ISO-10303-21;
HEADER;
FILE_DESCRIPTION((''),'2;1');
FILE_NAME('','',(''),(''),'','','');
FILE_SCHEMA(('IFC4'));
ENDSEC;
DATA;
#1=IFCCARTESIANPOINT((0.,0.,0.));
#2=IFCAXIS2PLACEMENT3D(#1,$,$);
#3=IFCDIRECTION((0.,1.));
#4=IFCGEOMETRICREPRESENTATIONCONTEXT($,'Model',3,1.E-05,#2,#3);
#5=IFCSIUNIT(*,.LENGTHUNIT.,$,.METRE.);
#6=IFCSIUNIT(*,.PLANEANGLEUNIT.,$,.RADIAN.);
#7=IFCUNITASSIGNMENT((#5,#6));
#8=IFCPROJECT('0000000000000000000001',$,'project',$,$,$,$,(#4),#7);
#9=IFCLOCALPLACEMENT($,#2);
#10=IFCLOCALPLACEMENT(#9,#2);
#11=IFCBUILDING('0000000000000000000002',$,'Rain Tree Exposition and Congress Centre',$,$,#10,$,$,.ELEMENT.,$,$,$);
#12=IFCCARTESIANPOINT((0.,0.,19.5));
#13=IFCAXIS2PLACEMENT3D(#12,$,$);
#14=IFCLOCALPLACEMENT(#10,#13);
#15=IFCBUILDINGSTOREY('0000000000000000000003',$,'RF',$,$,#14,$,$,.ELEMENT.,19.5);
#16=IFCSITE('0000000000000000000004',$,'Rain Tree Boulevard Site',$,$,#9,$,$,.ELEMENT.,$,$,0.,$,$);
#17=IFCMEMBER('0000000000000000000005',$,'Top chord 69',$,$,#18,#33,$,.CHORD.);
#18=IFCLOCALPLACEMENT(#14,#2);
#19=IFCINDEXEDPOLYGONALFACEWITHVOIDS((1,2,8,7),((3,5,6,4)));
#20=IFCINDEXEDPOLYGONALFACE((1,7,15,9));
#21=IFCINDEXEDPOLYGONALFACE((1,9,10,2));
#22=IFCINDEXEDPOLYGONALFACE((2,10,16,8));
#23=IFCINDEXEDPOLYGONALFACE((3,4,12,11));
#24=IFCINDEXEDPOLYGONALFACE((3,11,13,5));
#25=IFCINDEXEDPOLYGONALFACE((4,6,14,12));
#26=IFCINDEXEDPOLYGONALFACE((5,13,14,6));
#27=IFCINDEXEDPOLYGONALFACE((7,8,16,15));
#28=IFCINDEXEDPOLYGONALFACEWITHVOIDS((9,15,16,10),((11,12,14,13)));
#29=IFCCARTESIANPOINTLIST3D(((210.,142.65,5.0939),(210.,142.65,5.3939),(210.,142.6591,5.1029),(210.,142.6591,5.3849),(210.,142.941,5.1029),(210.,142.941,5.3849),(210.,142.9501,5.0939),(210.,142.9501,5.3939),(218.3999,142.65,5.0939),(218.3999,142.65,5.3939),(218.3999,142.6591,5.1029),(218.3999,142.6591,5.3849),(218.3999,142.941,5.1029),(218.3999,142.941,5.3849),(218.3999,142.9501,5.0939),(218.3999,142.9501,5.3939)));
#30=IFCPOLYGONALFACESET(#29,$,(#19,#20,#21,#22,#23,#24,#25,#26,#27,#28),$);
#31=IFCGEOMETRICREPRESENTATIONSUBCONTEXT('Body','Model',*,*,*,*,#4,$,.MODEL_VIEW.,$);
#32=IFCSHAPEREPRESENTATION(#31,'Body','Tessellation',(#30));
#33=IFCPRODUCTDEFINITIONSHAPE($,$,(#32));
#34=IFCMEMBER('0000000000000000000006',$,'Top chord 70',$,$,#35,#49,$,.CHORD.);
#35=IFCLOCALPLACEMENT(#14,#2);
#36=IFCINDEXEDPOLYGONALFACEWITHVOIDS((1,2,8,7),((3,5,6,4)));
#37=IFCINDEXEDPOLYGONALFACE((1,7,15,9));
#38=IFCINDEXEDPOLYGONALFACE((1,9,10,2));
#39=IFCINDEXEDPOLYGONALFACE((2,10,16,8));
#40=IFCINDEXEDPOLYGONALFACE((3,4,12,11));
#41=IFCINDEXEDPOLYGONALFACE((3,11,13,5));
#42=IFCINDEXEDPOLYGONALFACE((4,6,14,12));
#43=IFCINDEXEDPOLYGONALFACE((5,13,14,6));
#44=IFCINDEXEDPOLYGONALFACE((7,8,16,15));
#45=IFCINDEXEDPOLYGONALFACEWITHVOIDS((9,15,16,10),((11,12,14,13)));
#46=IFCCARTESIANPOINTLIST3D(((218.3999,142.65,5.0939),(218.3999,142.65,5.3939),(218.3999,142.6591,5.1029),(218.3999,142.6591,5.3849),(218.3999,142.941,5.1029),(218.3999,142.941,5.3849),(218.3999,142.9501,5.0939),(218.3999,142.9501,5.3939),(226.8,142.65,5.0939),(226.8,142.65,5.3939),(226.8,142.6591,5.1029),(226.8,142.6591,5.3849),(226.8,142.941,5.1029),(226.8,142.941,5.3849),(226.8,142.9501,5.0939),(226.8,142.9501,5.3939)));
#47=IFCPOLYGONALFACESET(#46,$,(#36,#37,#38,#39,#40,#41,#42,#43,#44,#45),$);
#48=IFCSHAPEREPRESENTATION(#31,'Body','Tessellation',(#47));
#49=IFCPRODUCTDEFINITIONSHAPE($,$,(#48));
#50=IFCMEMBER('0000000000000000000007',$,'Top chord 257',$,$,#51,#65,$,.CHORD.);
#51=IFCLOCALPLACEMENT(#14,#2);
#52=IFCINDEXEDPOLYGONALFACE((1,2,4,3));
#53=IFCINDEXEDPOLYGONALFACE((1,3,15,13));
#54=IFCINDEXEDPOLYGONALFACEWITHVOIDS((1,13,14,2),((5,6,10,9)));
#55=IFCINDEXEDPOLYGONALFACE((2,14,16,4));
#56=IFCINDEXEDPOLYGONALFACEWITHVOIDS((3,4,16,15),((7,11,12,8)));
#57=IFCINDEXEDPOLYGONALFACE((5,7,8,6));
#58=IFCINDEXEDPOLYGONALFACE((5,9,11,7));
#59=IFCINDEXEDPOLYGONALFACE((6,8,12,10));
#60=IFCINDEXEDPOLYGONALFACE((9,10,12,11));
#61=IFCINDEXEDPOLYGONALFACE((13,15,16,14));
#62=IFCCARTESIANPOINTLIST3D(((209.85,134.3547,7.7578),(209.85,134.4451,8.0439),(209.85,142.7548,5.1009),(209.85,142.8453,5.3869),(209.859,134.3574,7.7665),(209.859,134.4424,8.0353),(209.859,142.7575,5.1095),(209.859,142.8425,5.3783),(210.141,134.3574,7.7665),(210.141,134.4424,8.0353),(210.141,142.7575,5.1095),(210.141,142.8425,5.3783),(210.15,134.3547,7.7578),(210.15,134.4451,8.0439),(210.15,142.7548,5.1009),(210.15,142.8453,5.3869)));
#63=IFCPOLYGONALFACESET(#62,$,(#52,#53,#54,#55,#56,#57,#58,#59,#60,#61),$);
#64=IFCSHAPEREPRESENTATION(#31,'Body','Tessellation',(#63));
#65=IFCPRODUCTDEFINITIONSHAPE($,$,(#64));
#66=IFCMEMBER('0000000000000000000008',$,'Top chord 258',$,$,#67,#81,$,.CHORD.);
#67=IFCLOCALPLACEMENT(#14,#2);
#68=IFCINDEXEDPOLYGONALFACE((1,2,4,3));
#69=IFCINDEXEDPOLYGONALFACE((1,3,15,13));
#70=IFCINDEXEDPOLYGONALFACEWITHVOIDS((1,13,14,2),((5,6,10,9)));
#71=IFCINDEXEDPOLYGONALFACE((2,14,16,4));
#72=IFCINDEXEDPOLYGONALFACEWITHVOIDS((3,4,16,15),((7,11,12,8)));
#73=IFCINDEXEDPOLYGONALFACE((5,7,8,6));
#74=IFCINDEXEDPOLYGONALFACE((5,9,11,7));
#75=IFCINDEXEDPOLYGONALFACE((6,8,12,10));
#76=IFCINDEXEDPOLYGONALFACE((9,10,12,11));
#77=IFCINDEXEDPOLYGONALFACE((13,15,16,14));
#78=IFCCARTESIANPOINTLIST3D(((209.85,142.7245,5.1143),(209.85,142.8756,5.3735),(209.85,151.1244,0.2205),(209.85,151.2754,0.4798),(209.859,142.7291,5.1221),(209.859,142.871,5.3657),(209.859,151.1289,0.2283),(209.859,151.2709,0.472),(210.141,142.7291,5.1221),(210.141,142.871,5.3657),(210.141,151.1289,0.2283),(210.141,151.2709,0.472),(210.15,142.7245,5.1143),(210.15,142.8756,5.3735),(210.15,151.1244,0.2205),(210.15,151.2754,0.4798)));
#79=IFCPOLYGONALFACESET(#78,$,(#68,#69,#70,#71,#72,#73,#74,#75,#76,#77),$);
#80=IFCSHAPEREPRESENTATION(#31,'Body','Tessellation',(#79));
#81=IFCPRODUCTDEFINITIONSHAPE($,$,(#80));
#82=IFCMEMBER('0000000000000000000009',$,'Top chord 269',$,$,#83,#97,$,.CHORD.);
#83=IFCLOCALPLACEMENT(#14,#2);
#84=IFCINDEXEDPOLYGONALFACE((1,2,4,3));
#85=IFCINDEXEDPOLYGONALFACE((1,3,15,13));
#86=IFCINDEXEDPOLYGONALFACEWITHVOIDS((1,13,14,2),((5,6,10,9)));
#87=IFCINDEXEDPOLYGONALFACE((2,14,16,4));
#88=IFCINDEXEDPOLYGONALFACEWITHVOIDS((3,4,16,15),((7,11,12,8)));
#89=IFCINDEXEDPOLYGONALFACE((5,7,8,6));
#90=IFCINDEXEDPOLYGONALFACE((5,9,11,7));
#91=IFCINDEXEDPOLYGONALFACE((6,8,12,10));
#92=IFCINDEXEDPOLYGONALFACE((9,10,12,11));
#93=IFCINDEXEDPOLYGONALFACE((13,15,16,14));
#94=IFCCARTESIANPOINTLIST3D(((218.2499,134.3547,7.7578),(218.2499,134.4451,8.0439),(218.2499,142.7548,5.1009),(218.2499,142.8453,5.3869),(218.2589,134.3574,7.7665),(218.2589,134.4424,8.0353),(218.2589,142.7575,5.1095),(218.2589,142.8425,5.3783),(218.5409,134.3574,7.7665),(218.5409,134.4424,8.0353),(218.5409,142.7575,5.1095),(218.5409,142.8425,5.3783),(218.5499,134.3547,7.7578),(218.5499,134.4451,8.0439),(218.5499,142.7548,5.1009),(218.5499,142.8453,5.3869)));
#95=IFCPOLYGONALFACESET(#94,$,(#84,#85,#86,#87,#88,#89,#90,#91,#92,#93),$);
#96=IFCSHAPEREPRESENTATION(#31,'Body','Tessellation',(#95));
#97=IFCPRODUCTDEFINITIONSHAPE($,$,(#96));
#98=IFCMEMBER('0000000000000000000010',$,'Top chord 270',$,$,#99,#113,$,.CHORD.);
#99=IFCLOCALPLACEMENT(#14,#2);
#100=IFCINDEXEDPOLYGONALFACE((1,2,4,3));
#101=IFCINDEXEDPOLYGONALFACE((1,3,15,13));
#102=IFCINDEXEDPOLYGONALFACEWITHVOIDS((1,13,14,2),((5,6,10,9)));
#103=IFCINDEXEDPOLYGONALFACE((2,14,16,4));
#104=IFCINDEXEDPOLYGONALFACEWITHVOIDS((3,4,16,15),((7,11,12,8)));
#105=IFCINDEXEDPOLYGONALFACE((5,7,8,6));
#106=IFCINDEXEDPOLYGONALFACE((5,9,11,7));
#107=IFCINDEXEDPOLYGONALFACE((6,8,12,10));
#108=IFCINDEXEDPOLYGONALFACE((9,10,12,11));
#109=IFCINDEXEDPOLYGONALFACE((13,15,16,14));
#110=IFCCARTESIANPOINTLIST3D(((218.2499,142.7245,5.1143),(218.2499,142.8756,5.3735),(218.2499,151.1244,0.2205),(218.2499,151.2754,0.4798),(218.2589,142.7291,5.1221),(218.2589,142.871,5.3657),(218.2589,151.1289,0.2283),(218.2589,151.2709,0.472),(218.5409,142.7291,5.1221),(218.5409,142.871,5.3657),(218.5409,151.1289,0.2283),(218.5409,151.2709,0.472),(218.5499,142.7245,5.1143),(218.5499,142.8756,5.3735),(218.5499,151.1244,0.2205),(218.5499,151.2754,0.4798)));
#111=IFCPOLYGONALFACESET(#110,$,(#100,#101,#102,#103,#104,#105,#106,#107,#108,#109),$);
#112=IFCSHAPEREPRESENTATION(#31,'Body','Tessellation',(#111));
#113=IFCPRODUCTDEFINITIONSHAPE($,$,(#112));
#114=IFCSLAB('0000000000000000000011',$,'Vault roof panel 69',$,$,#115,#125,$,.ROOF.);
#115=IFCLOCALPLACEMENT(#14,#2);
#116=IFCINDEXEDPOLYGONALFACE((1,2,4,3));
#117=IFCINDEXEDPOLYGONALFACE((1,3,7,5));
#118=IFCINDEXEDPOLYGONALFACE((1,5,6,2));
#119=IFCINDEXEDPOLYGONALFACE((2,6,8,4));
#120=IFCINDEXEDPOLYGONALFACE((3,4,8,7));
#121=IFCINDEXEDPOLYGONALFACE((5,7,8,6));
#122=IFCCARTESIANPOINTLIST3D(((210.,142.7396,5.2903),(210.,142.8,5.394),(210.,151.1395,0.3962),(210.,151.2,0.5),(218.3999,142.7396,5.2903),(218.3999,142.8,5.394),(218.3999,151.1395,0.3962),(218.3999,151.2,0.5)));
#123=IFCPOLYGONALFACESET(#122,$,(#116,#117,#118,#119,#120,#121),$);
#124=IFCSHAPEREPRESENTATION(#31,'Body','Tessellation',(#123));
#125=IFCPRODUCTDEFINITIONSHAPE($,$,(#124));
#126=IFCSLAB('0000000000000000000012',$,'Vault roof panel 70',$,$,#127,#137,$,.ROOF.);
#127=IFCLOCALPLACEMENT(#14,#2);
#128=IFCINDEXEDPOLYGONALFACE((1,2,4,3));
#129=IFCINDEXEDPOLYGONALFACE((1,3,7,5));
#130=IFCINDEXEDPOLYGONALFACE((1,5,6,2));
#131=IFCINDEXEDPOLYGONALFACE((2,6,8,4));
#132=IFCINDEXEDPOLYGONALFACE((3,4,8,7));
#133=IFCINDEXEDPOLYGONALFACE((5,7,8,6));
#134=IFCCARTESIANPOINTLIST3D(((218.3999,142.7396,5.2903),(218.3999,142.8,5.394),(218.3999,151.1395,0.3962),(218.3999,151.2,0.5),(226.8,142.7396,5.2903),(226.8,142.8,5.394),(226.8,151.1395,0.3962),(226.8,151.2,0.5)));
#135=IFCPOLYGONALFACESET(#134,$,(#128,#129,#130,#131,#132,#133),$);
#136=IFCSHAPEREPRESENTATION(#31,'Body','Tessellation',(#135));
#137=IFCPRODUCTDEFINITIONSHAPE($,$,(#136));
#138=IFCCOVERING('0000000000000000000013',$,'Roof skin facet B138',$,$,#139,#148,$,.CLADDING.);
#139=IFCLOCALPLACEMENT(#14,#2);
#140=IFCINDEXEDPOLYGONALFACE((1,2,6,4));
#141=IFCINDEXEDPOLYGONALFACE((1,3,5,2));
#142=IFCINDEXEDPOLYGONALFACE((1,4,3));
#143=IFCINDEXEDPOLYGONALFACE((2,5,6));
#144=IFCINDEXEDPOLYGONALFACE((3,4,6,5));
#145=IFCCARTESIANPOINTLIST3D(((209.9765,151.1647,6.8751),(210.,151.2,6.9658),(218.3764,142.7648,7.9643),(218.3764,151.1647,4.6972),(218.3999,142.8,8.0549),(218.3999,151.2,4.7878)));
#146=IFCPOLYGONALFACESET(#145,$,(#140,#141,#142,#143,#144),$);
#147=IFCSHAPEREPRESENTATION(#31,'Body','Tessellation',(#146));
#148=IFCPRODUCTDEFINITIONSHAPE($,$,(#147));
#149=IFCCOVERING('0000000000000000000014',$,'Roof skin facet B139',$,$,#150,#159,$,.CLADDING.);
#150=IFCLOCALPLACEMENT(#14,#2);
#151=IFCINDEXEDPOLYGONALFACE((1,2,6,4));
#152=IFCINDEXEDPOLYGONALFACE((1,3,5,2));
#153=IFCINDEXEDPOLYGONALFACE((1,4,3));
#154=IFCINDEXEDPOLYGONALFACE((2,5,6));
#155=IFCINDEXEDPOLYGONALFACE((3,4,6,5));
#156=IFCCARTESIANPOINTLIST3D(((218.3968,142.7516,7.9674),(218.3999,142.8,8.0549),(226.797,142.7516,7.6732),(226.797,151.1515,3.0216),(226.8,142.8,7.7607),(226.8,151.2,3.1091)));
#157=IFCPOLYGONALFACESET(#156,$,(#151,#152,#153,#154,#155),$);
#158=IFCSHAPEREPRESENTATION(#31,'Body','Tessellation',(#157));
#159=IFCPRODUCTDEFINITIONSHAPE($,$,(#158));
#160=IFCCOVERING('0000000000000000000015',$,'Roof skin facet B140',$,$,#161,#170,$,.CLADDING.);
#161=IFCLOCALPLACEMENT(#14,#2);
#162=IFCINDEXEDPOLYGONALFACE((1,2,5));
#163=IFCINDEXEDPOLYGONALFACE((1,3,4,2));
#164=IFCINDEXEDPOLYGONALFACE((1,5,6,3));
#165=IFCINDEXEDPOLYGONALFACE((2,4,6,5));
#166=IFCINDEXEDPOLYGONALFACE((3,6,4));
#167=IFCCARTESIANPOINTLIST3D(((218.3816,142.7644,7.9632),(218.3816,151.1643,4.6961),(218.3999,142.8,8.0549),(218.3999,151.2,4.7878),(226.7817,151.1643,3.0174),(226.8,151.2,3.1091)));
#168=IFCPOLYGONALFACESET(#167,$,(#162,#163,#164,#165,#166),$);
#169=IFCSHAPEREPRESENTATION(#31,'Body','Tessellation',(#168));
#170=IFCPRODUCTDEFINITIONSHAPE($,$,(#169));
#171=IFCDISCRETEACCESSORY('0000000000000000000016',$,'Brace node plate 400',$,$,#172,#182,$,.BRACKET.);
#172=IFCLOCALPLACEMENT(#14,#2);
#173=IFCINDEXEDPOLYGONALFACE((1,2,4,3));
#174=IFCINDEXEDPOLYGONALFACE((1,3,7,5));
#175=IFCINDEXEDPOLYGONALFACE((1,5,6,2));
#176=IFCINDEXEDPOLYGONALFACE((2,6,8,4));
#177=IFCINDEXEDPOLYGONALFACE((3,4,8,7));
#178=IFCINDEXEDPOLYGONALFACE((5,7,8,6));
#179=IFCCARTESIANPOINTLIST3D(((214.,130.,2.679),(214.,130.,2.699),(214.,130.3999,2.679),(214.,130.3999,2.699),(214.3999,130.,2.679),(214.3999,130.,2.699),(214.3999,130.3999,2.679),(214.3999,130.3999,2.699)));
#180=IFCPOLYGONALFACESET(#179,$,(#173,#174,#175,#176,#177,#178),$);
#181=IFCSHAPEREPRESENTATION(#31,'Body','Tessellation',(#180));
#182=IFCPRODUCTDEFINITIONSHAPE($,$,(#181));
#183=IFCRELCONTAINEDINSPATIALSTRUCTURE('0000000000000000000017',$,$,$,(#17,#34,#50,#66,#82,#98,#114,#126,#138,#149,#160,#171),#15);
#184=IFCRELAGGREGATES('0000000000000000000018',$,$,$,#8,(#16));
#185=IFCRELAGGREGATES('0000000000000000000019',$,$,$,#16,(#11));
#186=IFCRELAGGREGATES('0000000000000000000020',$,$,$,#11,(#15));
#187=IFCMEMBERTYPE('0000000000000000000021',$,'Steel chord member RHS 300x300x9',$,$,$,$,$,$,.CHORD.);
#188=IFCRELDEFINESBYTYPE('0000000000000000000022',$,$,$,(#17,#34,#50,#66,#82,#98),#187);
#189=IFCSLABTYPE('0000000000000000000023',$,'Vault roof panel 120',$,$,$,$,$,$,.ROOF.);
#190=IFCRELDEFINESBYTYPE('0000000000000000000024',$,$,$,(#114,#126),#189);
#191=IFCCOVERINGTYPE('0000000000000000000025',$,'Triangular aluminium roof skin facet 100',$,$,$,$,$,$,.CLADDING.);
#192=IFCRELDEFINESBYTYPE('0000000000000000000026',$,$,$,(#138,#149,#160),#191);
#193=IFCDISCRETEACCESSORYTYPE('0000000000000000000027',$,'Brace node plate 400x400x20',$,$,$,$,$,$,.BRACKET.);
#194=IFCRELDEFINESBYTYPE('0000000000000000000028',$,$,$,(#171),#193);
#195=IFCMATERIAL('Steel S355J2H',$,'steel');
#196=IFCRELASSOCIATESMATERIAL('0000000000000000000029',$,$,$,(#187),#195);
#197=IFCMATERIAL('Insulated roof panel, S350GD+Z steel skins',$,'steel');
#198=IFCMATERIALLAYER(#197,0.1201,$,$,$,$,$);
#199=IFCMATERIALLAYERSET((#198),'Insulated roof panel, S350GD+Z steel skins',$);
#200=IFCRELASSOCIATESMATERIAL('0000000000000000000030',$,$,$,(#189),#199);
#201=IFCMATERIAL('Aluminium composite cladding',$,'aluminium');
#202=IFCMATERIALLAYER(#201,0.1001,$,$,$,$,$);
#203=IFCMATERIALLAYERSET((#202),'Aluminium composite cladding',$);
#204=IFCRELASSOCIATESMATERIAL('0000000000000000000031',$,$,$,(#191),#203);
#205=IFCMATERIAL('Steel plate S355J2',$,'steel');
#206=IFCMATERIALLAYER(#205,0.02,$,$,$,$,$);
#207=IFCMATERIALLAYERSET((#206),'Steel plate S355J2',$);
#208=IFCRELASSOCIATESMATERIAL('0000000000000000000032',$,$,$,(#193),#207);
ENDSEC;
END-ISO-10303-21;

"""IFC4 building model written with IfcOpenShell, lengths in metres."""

from ifc_helpers import new_model, si_unit, direction, frame, origin, origin_2d, place, context, subcontext, project, spatial, polyline, rectangle, hollow_rectangle, outline, extrude, material, layer, layer_set, material_profile, profile_set, type_object, element, save


model = new_model("IFC4")

# Units and contexts
model_context = context("Model", 3, precision=1e-05, world=origin(), true_north=direction((0.0, 1.0)))
body_context = subcontext(model_context, "Body", "Model", "MODEL_VIEW")
ifc_project = project(units=[si_unit("LENGTHUNIT", "METRE"), si_unit("PLANEANGLEUNIT", "RADIAN")], contexts=[model_context])

# Site, building, storey
site_placement = place(None, origin())
site = spatial("IfcSite", under=ifc_project, at=site_placement, Name="Rain Tree Boulevard Site", CompositionType="ELEMENT", RefElevation=0.0)
building_placement = place(site_placement, origin())
building = spatial("IfcBuilding", under=site, at=building_placement, Name="Rain Tree Exposition and Congress Centre", CompositionType="ELEMENT")
storey_placement = place(building_placement, frame((0.0, 0.0, 19.5)))
storey = spatial("IfcBuildingStorey", under=building, at=storey_placement, Name="RF", CompositionType="ELEMENT", Elevation=19.5)

# Members
ifc_material_1 = material(Name="Steel S355J2H", Category="steel")
ifc_material_profile_1 = material_profile(ifc_material_1, hollow_rectangle(XDim=0.3, YDim=0.3, WallThickness=0.009, at=origin_2d()), Name="RHS 300x300x9")
ifc_profile_set_1 = profile_set([ifc_material_profile_1], Name="Steel S355J2H")
member_type_1 = type_object("IfcMemberType", Name="Steel chord member RHS 300x300x9", PredefinedType="CHORD", material=ifc_profile_set_1)
member_1_placement = place(storey_placement, frame((210.0, 142.8, 5.2439), z_axis=(1.0, 0.0, 0.0), x_axis=(0.0, 1.0, 0.0)))
element("IfcMember", 1, at=member_1_placement, inside=storey, type_object=member_type_1, Name="Top chord 69", PredefinedType="CHORD", context=body_context, shape_type="SweptSolid", body=[
    extrude(hollow_rectangle(XDim=0.3, YDim=0.3, WallThickness=0.009, at=origin_2d()), origin(), (0.0, 0.0, 1.0), 8.3999),
])
member_2_placement = place(storey_placement, frame((218.3999, 142.8, 5.2439), z_axis=(1.0, 0.0, 0.0), x_axis=(0.0, 1.0, 0.0)))
element("IfcMember", 2, at=member_2_placement, inside=storey, type_object=member_type_1, Name="Top chord 70", PredefinedType="CHORD", context=body_context, shape_type="SweptSolid", body=[
    extrude(hollow_rectangle(XDim=0.3, YDim=0.3, WallThickness=0.009, at=origin_2d()), origin(), (0.0, 0.0, 1.0), 8.4001),
])
member_3_placement = place(storey_placement, frame((210.0, 134.3999, 7.9009), z_axis=(0.0, 0.953442, -0.301576), x_axis=(-1.0, 0.0, 0.0)))
element("IfcMember", 3, at=member_3_placement, inside=storey, type_object=member_type_1, Name="Top chord 257", PredefinedType="CHORD", context=body_context, shape_type="SweptSolid", body=[
    extrude(hollow_rectangle(XDim=0.3, YDim=0.3, WallThickness=0.009, at=origin_2d()), origin(), (0.0, 0.0, 1.0), 8.8103),
])
member_4_placement = place(storey_placement, frame((210.0, 142.8, 5.2439), z_axis=(0.0, 0.864054, -0.503399), x_axis=(-1.0, 0.0, 0.0)))
element("IfcMember", 4, at=member_4_placement, inside=storey, type_object=member_type_1, Name="Top chord 258", PredefinedType="CHORD", context=body_context, shape_type="SweptSolid", body=[
    extrude(hollow_rectangle(XDim=0.3, YDim=0.3, WallThickness=0.009, at=origin_2d()), origin(), (0.0, 0.0, 1.0), 9.7214),
])
member_5_placement = place(storey_placement, frame((218.3999, 134.3999, 7.9009), z_axis=(0.0, 0.953442, -0.301576), x_axis=(-1.0, 0.0, 0.0)))
element("IfcMember", 5, at=member_5_placement, inside=storey, type_object=member_type_1, Name="Top chord 269", PredefinedType="CHORD", context=body_context, shape_type="SweptSolid", body=[
    extrude(hollow_rectangle(XDim=0.3, YDim=0.3, WallThickness=0.009, at=origin_2d()), origin(), (0.0, 0.0, 1.0), 8.8103),
])
member_6_placement = place(storey_placement, frame((218.3999, 142.8, 5.2439), z_axis=(0.0, 0.864054, -0.503399), x_axis=(-1.0, 0.0, 0.0)))
element("IfcMember", 6, at=member_6_placement, inside=storey, type_object=member_type_1, Name="Top chord 270", PredefinedType="CHORD", context=body_context, shape_type="SweptSolid", body=[
    extrude(hollow_rectangle(XDim=0.3, YDim=0.3, WallThickness=0.009, at=origin_2d()), origin(), (0.0, 0.0, 1.0), 9.7214),
])

# Slabs
ifc_material_2 = material(Name="Insulated roof panel, S350GD+Z steel skins", Category="steel")
ifc_layer_1 = layer(ifc_material_2, 0.1201)
ifc_layer_set_1 = layer_set([ifc_layer_1], Name="Insulated roof panel, S350GD+Z steel skins")
slab_type = type_object("IfcSlabType", Name="Vault roof panel 120", PredefinedType="ROOF", material=ifc_layer_set_1)
slab_1_placement = place(storey_placement, frame((210.0, 142.8, 5.394), z_axis=(0.0, 0.503418, 0.864043), x_axis=(1.0, 0.0, 0.0)))
element("IfcSlab", 7, at=slab_1_placement, inside=storey, type_object=slab_type, Name="Vault roof panel 69", PredefinedType="ROOF", context=body_context, shape_type="SweptSolid", body=[
    extrude(outline(polyline([(0.0, 0.0), (8.3999, 0.0), (8.3999, 9.7216), (0.0, 9.7216), (0.0, 0.0)])), origin(), (0.0, 0.0, -1.0), 0.1201),
])
slab_2_placement = place(storey_placement, frame((218.3999, 142.8, 5.394), z_axis=(0.0, 0.503418, 0.864043), x_axis=(1.0, 0.0, 0.0)))
element("IfcSlab", 8, at=slab_2_placement, inside=storey, type_object=slab_type, Name="Vault roof panel 70", PredefinedType="ROOF", context=body_context, shape_type="SweptSolid", body=[
    extrude(outline(polyline([(0.0, 0.0), (8.4001, 0.0), (8.4001, 9.7216), (0.0, 9.7216), (0.0, 0.0)])), origin(), (0.0, 0.0, -1.0), 0.1201),
])

# Coverings
ifc_material_3 = material(Name="Aluminium composite cladding", Category="aluminium")
ifc_layer_2 = layer(ifc_material_3, 0.1001)
ifc_layer_set_2 = layer_set([ifc_layer_2], Name="Aluminium composite cladding")
covering_type = type_object("IfcCoveringType", Name="Triangular aluminium roof skin facet 100", PredefinedType="CLADDING", material=ifc_layer_set_2)
covering_1_placement = place(storey_placement, frame((218.3999, 142.8, 8.0549), z_axis=(0.23489, 0.352349, 0.905912), x_axis=(0.0, 0.931987, -0.362491)))
element("IfcCovering", 9, at=covering_1_placement, inside=storey, type_object=covering_type, Name="Roof skin facet B138", PredefinedType="CLADDING", context=body_context, shape_type="SweptSolid", body=[
    extrude(outline(polyline([(0.0, 0.0), (9.0129, 0.0), (8.2234, 8.6417), (0.0, 0.0)])), origin(), (0.0, 0.0, -1.0), 0.1001),
])
covering_2_placement = place(storey_placement, frame((218.3999, 142.8, 8.0549), z_axis=(0.030624, 0.484221, 0.874409), x_axis=(0.999387, 0.0, -0.035)))
element("IfcCovering", 10, at=covering_2_placement, inside=storey, type_object=covering_type, Name="Roof skin facet B139", PredefinedType="CLADDING", context=body_context, shape_type="SweptSolid", body=[
    extrude(outline(polyline([(0.0, 0.0), (8.4053, 0.0), (8.5681, 9.6005), (0.0, 0.0)])), origin(), (0.0, 0.0, -1.0), 0.1001),
])
covering_3_placement = place(storey_placement, frame((218.3999, 142.8, 8.0549), z_axis=(0.183102, 0.356362, 0.916231), x_axis=(0.652801, 0.652782, -0.384353)))
element("IfcCovering", 11, at=covering_3_placement, inside=storey, type_object=covering_type, Name="Roof skin facet B140", PredefinedType="CLADDING", context=body_context, shape_type="SweptSolid", body=[
    extrude(outline(polyline([(0.0, 0.0), (12.8679, 0.0), (6.739, 5.9848), (0.0, 0.0)])), origin(), (0.0, 0.0, -1.0), 0.1001),
])

# Discrete accessory
ifc_material_4 = material(Name="Steel plate S355J2", Category="steel")
ifc_layer_3 = layer(ifc_material_4, 0.02)
ifc_layer_set_3 = layer_set([ifc_layer_3], Name="Steel plate S355J2")
discrete_accessory_type_1 = type_object("IfcDiscreteAccessoryType", Name="Brace node plate 400x400x20", PredefinedType="BRACKET", material=ifc_layer_set_3)
for number, where, z_axis, x_axis, name in (
    (12, (214.2, 130.2, 2.679), (0.0, 0.0, 1.0), (1.0, 0.0, 0.0), "Brace node plate 400"),
):
    element("IfcDiscreteAccessory", number, at=place(storey_placement, frame(where, z_axis=z_axis, x_axis=x_axis)), inside=storey, type_object=discrete_accessory_type_1, Name=name, PredefinedType="BRACKET", context=body_context, shape_type="SweptSolid", body=[
        extrude(rectangle(XDim=0.3999, YDim=0.3999, at=origin_2d()), origin(), (0.0, 0.0, 1.0), 0.02),
    ])

save(model, "model.ifc")
